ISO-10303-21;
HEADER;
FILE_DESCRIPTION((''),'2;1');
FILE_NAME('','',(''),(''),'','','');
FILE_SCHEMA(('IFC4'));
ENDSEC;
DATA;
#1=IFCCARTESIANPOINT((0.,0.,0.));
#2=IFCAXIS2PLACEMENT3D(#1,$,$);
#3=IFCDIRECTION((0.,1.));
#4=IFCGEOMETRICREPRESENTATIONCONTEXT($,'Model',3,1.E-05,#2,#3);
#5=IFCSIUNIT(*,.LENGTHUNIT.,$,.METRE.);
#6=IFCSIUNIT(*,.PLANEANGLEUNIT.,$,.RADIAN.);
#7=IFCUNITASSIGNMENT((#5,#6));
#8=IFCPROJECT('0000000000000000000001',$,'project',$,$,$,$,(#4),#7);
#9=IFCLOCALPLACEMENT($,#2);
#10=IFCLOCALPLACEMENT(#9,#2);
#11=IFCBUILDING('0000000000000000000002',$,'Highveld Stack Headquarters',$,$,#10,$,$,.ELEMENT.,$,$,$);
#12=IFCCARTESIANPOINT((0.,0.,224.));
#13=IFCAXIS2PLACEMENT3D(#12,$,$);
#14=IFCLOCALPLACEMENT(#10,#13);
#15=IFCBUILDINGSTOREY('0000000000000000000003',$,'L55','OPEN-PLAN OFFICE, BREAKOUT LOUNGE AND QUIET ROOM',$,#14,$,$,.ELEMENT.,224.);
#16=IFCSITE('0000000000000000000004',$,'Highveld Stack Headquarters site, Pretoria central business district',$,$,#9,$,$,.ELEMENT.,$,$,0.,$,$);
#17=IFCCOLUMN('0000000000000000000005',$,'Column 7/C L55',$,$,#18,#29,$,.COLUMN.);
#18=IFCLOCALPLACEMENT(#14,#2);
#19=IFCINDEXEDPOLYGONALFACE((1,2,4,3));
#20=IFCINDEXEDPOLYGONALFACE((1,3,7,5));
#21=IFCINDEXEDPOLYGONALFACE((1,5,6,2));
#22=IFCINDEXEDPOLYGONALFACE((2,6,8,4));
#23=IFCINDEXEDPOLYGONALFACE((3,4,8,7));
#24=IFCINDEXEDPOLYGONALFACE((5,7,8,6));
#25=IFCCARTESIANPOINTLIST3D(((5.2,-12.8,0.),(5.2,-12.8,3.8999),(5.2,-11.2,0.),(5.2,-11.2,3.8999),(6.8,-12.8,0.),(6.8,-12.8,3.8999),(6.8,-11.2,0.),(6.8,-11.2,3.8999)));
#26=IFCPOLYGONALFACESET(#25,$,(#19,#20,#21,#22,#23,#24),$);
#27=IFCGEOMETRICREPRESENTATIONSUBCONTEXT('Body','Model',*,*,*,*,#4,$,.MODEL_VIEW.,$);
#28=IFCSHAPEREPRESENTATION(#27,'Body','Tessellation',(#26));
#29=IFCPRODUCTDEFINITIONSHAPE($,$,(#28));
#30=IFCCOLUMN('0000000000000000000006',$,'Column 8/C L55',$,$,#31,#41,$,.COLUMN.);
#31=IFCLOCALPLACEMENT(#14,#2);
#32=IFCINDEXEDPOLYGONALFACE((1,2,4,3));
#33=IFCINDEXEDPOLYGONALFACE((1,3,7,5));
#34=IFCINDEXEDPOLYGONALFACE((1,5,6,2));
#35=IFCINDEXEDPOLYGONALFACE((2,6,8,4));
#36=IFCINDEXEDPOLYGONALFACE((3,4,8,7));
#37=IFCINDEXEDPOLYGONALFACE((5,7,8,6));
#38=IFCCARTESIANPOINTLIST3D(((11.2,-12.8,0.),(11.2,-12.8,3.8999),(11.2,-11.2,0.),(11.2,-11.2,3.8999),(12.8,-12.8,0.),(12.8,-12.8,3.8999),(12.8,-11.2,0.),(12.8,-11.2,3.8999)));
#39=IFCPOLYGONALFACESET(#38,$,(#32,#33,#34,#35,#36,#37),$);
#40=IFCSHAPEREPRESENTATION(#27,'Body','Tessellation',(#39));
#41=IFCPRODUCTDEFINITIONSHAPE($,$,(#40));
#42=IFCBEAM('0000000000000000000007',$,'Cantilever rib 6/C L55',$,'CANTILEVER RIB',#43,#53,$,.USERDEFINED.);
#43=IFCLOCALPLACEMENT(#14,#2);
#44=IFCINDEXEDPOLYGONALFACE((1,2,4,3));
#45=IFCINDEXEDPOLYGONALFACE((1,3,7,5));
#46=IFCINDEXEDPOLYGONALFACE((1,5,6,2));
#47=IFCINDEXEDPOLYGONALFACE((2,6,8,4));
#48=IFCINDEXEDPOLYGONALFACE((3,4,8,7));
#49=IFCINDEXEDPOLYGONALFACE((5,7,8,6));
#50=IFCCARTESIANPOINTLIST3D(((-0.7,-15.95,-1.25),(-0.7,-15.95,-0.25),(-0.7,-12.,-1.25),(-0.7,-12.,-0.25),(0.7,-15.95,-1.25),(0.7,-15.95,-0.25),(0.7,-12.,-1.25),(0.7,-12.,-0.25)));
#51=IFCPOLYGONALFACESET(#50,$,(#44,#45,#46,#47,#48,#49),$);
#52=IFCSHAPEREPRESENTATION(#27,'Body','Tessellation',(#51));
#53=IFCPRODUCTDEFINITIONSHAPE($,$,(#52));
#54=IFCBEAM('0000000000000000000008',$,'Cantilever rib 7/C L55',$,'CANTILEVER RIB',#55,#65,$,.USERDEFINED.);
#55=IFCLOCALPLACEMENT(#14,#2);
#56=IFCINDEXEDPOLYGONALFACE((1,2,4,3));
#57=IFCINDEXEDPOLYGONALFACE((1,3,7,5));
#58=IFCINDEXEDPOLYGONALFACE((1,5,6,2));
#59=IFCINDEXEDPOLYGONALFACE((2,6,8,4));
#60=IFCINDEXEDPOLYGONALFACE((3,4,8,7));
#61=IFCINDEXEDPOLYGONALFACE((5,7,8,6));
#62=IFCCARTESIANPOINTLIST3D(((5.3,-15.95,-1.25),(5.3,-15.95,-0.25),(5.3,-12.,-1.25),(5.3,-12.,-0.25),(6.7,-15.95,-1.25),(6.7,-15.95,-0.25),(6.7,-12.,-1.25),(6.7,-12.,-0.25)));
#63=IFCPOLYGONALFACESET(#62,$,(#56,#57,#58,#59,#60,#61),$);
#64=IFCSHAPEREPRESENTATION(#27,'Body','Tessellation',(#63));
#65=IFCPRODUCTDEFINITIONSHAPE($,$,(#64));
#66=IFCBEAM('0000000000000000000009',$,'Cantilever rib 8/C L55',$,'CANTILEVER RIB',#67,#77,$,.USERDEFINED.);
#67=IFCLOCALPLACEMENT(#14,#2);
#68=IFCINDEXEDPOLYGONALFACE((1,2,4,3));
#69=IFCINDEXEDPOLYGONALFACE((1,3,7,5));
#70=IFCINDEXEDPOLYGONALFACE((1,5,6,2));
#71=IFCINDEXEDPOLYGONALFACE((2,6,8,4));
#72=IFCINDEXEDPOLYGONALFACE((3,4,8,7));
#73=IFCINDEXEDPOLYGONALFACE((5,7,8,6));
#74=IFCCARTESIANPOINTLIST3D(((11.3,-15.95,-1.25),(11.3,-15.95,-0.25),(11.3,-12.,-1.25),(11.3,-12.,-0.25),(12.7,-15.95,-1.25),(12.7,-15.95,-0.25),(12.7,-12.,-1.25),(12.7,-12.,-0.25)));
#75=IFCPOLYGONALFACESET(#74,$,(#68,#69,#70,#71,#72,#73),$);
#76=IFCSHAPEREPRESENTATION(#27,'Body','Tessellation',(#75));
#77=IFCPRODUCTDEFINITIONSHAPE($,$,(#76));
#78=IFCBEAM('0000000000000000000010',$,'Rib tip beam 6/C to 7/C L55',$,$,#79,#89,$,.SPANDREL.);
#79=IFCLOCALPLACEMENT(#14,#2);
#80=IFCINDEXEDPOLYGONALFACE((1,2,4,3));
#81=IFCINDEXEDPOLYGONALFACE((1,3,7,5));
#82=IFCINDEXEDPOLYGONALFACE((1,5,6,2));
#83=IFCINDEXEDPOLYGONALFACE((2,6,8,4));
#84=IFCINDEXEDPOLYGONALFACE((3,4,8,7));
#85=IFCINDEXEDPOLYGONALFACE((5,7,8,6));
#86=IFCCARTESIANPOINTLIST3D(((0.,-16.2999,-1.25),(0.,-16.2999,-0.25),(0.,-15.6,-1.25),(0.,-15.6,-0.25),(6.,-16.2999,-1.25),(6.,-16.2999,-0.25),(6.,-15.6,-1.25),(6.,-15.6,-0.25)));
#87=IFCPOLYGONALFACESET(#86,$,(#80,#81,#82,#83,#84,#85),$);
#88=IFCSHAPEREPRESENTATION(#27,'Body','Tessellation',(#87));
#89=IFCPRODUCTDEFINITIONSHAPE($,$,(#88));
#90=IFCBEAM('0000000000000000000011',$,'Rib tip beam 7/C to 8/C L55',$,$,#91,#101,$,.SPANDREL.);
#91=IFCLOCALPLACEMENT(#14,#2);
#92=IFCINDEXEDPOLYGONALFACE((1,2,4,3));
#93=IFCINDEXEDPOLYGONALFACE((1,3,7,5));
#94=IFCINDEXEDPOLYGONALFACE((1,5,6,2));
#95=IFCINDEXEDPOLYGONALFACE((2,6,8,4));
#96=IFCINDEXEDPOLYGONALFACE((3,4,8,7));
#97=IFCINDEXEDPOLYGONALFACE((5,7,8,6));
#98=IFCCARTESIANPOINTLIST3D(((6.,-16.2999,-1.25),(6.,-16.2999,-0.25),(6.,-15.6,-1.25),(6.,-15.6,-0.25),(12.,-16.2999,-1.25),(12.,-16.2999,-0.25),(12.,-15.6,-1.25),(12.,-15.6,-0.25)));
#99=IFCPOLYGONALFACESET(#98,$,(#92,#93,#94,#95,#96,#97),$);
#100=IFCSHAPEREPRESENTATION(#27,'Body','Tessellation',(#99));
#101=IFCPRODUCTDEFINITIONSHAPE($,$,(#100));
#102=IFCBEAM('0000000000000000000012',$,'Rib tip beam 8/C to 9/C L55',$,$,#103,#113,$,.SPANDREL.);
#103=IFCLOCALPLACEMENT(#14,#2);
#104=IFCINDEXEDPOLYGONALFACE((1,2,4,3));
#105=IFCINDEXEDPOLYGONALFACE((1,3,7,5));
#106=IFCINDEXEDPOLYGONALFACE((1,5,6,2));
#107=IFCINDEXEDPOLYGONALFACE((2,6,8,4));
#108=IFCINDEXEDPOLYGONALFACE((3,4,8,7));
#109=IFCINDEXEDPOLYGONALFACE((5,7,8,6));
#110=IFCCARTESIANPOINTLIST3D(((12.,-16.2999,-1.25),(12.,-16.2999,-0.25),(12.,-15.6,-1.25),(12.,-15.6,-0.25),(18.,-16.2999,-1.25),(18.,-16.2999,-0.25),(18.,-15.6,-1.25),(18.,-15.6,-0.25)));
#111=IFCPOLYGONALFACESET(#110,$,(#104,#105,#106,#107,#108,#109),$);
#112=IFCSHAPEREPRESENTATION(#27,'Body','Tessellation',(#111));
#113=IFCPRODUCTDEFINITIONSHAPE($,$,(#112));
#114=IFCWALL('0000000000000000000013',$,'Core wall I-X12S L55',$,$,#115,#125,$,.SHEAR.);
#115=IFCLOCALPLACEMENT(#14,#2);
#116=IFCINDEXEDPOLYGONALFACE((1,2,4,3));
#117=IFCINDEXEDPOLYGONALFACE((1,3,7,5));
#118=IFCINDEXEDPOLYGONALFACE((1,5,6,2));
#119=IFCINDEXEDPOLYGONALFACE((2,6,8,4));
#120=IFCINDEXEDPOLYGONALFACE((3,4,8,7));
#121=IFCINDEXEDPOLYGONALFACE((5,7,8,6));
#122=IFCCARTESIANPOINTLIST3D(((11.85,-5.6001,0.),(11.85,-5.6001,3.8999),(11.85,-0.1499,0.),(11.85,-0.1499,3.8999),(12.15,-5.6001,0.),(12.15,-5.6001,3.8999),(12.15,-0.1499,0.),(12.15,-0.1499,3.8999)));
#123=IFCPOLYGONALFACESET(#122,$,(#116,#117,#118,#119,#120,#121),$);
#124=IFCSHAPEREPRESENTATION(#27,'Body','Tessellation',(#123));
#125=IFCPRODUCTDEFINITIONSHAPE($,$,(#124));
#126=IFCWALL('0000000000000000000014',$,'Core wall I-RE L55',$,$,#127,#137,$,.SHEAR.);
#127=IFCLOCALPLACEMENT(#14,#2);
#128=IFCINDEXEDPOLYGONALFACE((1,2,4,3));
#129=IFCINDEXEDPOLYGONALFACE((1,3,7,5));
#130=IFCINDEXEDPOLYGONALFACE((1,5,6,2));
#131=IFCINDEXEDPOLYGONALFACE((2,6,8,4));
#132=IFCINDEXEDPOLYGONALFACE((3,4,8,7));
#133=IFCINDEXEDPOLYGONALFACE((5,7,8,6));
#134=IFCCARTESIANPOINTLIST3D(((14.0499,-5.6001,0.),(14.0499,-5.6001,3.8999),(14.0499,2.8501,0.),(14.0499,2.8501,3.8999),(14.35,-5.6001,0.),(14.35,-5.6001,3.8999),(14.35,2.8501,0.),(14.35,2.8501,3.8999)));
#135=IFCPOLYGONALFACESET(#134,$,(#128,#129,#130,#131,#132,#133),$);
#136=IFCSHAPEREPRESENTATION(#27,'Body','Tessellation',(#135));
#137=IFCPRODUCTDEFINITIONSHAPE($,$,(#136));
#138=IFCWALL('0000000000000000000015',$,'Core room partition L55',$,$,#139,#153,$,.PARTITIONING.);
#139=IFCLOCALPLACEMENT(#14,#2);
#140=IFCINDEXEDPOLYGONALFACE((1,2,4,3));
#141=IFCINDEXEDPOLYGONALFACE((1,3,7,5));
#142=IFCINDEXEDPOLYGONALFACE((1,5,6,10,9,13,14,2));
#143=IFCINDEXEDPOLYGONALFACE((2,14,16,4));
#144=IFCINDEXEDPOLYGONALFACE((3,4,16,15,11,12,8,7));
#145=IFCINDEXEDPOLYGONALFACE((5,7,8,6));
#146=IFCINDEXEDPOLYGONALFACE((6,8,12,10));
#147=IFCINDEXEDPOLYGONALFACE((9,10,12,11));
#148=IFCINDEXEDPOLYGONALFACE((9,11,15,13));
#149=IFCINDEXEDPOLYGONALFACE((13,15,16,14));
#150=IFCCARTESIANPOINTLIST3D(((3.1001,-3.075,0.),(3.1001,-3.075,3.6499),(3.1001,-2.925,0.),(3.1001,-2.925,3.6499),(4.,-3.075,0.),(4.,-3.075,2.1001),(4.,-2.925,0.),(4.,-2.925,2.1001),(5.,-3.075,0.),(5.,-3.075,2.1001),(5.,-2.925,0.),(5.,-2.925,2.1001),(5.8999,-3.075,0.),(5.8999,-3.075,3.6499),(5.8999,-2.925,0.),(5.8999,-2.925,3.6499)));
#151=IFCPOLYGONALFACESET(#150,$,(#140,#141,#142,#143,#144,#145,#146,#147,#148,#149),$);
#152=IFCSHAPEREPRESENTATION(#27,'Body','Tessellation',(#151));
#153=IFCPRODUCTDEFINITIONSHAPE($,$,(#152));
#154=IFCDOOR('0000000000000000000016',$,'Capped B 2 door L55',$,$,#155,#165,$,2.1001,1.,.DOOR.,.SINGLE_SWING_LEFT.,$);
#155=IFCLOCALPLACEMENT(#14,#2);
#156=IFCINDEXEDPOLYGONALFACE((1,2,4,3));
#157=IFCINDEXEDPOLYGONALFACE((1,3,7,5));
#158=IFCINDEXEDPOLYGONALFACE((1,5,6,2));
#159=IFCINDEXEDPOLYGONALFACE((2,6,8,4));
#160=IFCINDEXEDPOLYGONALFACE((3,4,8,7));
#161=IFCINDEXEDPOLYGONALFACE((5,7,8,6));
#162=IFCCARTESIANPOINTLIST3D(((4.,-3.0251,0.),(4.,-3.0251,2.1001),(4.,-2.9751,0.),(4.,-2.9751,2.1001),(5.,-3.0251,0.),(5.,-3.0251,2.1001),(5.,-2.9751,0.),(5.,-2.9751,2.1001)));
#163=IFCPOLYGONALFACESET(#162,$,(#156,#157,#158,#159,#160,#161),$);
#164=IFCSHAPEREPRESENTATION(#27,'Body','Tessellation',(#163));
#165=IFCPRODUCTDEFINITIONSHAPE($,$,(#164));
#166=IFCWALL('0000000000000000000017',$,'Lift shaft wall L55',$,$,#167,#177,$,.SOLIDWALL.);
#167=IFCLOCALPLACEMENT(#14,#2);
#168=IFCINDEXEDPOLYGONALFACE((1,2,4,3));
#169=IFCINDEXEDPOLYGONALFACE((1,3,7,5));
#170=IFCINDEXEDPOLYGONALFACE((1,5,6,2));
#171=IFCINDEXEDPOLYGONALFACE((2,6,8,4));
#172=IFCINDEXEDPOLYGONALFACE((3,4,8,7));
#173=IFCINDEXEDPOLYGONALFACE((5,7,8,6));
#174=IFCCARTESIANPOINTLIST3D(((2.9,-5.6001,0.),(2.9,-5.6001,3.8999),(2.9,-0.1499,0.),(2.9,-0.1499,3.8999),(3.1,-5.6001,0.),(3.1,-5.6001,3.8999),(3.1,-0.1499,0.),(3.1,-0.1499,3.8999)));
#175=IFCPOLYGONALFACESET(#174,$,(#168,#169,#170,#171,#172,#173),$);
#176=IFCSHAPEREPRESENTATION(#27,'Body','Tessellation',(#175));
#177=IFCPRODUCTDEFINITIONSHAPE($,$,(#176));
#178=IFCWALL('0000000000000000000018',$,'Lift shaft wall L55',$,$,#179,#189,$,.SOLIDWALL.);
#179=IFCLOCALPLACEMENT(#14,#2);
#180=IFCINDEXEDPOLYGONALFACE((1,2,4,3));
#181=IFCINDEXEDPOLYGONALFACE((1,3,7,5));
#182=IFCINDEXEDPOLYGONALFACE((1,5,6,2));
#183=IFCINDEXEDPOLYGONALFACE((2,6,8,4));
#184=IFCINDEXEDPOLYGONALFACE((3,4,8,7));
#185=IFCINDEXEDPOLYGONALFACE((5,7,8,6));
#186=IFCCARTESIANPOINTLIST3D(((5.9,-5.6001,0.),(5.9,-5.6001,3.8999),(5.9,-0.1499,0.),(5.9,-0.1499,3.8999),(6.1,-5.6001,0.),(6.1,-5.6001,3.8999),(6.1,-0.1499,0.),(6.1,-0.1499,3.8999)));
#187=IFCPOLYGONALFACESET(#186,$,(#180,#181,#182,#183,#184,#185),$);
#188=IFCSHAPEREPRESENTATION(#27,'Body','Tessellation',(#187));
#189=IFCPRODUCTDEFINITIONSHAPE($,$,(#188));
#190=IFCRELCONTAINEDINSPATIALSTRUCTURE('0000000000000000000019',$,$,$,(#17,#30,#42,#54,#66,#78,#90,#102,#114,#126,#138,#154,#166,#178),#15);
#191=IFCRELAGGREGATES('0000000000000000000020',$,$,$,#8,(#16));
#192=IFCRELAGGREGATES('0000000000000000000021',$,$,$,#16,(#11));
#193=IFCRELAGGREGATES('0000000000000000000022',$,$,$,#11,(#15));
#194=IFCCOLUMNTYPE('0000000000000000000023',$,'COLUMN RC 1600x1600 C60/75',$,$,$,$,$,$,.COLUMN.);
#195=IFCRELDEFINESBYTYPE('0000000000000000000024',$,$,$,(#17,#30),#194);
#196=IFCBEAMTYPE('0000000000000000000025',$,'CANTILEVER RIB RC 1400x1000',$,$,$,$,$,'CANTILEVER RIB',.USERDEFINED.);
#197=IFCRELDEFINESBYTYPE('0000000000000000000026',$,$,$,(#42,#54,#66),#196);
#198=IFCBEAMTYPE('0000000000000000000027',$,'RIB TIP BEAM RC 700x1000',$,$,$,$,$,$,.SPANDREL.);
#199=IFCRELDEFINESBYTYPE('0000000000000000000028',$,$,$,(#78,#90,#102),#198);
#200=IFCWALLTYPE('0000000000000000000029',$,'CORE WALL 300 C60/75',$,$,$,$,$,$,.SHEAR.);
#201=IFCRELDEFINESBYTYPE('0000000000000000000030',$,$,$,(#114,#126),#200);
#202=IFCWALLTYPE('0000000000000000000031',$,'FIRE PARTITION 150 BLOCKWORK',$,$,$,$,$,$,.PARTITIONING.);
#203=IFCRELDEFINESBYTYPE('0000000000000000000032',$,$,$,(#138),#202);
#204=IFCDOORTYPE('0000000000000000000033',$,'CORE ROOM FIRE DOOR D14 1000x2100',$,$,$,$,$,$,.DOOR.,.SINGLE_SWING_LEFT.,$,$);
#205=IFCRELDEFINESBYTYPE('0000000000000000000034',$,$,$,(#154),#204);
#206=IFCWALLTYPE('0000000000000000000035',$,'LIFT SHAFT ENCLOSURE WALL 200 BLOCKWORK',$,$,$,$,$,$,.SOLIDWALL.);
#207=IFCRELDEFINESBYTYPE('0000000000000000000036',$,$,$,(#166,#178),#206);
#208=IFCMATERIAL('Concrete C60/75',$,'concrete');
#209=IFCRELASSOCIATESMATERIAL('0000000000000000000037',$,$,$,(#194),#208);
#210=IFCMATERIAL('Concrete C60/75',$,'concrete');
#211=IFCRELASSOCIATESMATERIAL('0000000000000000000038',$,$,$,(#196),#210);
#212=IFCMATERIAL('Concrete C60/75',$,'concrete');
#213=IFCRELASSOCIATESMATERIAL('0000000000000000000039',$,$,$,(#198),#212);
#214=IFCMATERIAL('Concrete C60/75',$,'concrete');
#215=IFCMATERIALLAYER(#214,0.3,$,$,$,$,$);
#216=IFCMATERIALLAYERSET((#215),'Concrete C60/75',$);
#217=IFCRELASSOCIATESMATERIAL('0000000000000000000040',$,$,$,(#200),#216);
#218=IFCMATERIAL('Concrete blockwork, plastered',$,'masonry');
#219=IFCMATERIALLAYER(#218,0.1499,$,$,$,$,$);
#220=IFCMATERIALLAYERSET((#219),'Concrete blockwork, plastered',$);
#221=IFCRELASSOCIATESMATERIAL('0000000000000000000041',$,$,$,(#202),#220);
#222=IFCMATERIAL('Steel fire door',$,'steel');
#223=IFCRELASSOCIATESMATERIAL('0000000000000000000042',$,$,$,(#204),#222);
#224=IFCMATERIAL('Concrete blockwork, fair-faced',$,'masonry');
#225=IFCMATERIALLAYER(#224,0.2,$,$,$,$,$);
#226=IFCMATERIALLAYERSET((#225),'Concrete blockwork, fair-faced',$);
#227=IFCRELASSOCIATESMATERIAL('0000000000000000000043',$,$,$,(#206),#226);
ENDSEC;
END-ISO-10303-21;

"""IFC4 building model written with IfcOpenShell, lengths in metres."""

from ifc_helpers import new_model, si_unit, direction, frame, frame_2d, origin, origin_2d, place, context, subcontext, project, spatial, rectangle, extrude, material, layer, layer_set, material_profile, profile_set, type_object, element, fill, save


model = new_model("IFC4")

# Units and contexts
model_context = context("Model", 3, precision=1e-05, world=origin(), true_north=direction((0.0, 1.0)))
body_context = subcontext(model_context, "Body", "Model", "MODEL_VIEW")
ifc_project = project(units=[si_unit("LENGTHUNIT", "METRE"), si_unit("PLANEANGLEUNIT", "RADIAN")], contexts=[model_context])

# Site, building, storey
site_placement = place(None, origin())
site = spatial("IfcSite", under=ifc_project, at=site_placement, Name="Highveld Stack Headquarters site, Pretoria central business district", CompositionType="ELEMENT", RefElevation=0.0)
building_placement = place(site_placement, origin())
building = spatial("IfcBuilding", under=site, at=building_placement, Name="Highveld Stack Headquarters", CompositionType="ELEMENT")
storey_placement = place(building_placement, frame((0.0, 0.0, 224.0)))
storey = spatial("IfcBuildingStorey", under=building, at=storey_placement, Name="L55", Description="OPEN-PLAN OFFICE, BREAKOUT LOUNGE AND QUIET ROOM", CompositionType="ELEMENT", Elevation=224.0)

# Columns
ifc_material_1 = material(Name="Concrete C60/75", Category="concrete")
ifc_material_profile_1 = material_profile(ifc_material_1, rectangle(XDim=1.6001, YDim=1.6001, at=origin_2d()), Name="RC 1600x1600")
ifc_profile_set_1 = profile_set([ifc_material_profile_1], Name="Concrete C60/75")
column_type = type_object("IfcColumnType", Name="COLUMN RC 1600x1600 C60/75", PredefinedType="COLUMN", material=ifc_profile_set_1)
for number, where, z_axis, x_axis, name in (
    (1, (6.0, -12.0, 0.0), (0.0, 0.0, 1.0), (1.0, 0.0, 0.0), "Column 7/C L55"),
    (2, (12.0, -12.0, 0.0), (0.0, 0.0, 1.0), (1.0, 0.0, 0.0), "Column 8/C L55"),
):
    element("IfcColumn", number, at=place(storey_placement, frame(where, z_axis=z_axis, x_axis=x_axis)), inside=storey, type_object=column_type, Name=name, PredefinedType="COLUMN", context=body_context, shape_type="SweptSolid", body=[
        extrude(rectangle(XDim=1.6001, YDim=1.6001, at=origin_2d()), origin(), (0.0, 0.0, 1.0), 3.8999),
    ])

# Beams
ifc_material_2 = material(Name="Concrete C60/75", Category="concrete")
ifc_material_profile_2 = material_profile(ifc_material_2, rectangle(XDim=1.3999, YDim=1.0, at=origin_2d()), Name="RC 1400x1000")
ifc_profile_set_2 = profile_set([ifc_material_profile_2], Name="Concrete C60/75")
beam_type_1 = type_object("IfcBeamType", Name="CANTILEVER RIB RC 1400x1000", ElementType="CANTILEVER RIB", PredefinedType="USERDEFINED", material=ifc_profile_set_2)
for number, where, z_axis, x_axis, name in (
    (3, (0.0, -12.0, -0.75), (0.0, -1.0, 0.0), (1.0, 0.0, 0.0), "Cantilever rib 6/C L55"),
    (4, (6.0, -12.0, -0.75), (0.0, -1.0, 0.0), (1.0, 0.0, 0.0), "Cantilever rib 7/C L55"),
    (5, (12.0, -12.0, -0.75), (0.0, -1.0, 0.0), (1.0, 0.0, 0.0), "Cantilever rib 8/C L55"),
):
    element("IfcBeam", number, at=place(storey_placement, frame(where, z_axis=z_axis, x_axis=x_axis)), inside=storey, type_object=beam_type_1, Name=name, ObjectType="CANTILEVER RIB", PredefinedType="USERDEFINED", context=body_context, shape_type="SweptSolid", body=[
        extrude(rectangle(XDim=1.3999, YDim=1.0, at=origin_2d()), origin(), (0.0, 0.0, 1.0), 3.95),
    ])
ifc_material_3 = material(Name="Concrete C60/75", Category="concrete")
ifc_material_profile_3 = material_profile(ifc_material_3, rectangle(XDim=0.7, YDim=1.0, at=origin_2d()), Name="RC 700x1000")
ifc_profile_set_3 = profile_set([ifc_material_profile_3], Name="Concrete C60/75")
beam_type_2 = type_object("IfcBeamType", Name="RIB TIP BEAM RC 700x1000", PredefinedType="SPANDREL", material=ifc_profile_set_3)
for number, where, z_axis, x_axis, name in (
    (6, (0.0, -15.95, -0.75), (1.0, 0.0, 0.0), (0.0, 1.0, 0.0), "Rib tip beam 6/C to 7/C L55"),
    (7, (6.0, -15.95, -0.75), (1.0, 0.0, 0.0), (0.0, 1.0, 0.0), "Rib tip beam 7/C to 8/C L55"),
    (8, (12.0, -15.95, -0.75), (1.0, 0.0, 0.0), (0.0, 1.0, 0.0), "Rib tip beam 8/C to 9/C L55"),
):
    element("IfcBeam", number, at=place(storey_placement, frame(where, z_axis=z_axis, x_axis=x_axis)), inside=storey, type_object=beam_type_2, Name=name, PredefinedType="SPANDREL", context=body_context, shape_type="SweptSolid", body=[
        extrude(rectangle(XDim=0.7, YDim=1.0, at=origin_2d()), origin(), (0.0, 0.0, 1.0), 6.0),
    ])

# Walls
ifc_material_4 = material(Name="Concrete C60/75", Category="concrete")
ifc_layer_1 = layer(ifc_material_4, 0.3)
ifc_layer_set_1 = layer_set([ifc_layer_1], Name="Concrete C60/75")
wall_type_1 = type_object("IfcWallType", Name="CORE WALL 300 C60/75", PredefinedType="SHEAR", material=ifc_layer_set_1)
wall_1_placement = place(storey_placement, frame((12.0, -5.6001, 0.0), z_axis=(0.0, 0.0, 1.0), x_axis=(0.0, 1.0, 0.0)))
element("IfcWall", 9, at=wall_1_placement, inside=storey, type_object=wall_type_1, Name="Core wall I-X12S L55", PredefinedType="SHEAR", context=body_context, shape_type="SweptSolid", body=[
    extrude(rectangle(XDim=5.4502, YDim=0.3, at=frame_2d((2.7251, 0.0))), origin(), (0.0, 0.0, 1.0), 3.8999),
])
wall_2_placement = place(storey_placement, frame((14.2, -5.6001, 0.0), z_axis=(0.0, 0.0, 1.0), x_axis=(0.0, 1.0, 0.0)))
element("IfcWall", 10, at=wall_2_placement, inside=storey, type_object=wall_type_1, Name="Core wall I-RE L55", PredefinedType="SHEAR", context=body_context, shape_type="SweptSolid", body=[
    extrude(rectangle(XDim=8.4502, YDim=0.3, at=frame_2d((4.2251, 0.0))), origin(), (0.0, 0.0, 1.0), 3.8999),
])

# Wall, opening, door
ifc_material_5 = material(Name="Concrete blockwork, plastered", Category="masonry")
ifc_layer_2 = layer(ifc_material_5, 0.1499)
ifc_layer_set_2 = layer_set([ifc_layer_2], Name="Concrete blockwork, plastered")
wall_type_2 = type_object("IfcWallType", Name="FIRE PARTITION 150 BLOCKWORK", PredefinedType="PARTITIONING", material=ifc_layer_set_2)
wall_3_placement = place(storey_placement, frame((3.1001, -3.0, 0.0), z_axis=(0.0, 0.0, 1.0), x_axis=(1.0, 0.0, 0.0)))
wall_3 = element("IfcWall", 11, at=wall_3_placement, inside=storey, type_object=wall_type_2, Name="Core room partition L55", PredefinedType="PARTITIONING", context=body_context, shape_type="SweptSolid", body=[
    extrude(rectangle(XDim=2.7998, YDim=0.1499, at=frame_2d((1.3999, 0.0))), origin(), (0.0, 0.0, 1.0), 3.6499),
])
opening_1_placement = place(wall_3_placement, frame((0.8999, 0.0, 0.0)))
opening_1 = element("IfcOpeningElement", 12, at=opening_1_placement, cuts=wall_3, PredefinedType="OPENING", context=body_context, shape_type="SweptSolid", body=[
    extrude(rectangle(XDim=1.0, YDim=2.1001, at=frame_2d((0.5, 1.05))), frame((0.0, 0.085, 0.0), z_axis=(0.0, -1.0, 0.0), x_axis=(1.0, 0.0, 0.0)), (0.0, 0.0, 1.0), 0.1699),
])
ifc_material_6 = material(Name="Steel fire door", Category="steel")
door_type_1 = type_object("IfcDoorType", Name="CORE ROOM FIRE DOOR D14 1000x2100", OperationType="SINGLE_SWING_LEFT", PredefinedType="DOOR", material=ifc_material_6)
door_1_placement = place(opening_1_placement, origin())
door_1 = element("IfcDoor", 13, at=door_1_placement, inside=storey, type_object=door_type_1, Name="Capped B 2 door L55", OperationType="SINGLE_SWING_LEFT", OverallHeight=2.1001, OverallWidth=1.0, PredefinedType="DOOR", context=body_context, shape_type="SweptSolid", body=[
    extrude(rectangle(XDim=1.0, YDim=2.1001, at=frame_2d((0.5, 1.05))), frame((0.0, 0.0249, 0.0), z_axis=(0.0, -1.0, 0.0), x_axis=(1.0, 0.0, 0.0)), (0.0, 0.0, 1.0), 0.05),
])
fill(opening_1, door_1)

# Walls
ifc_material_7 = material(Name="Concrete blockwork, fair-faced", Category="masonry")
ifc_layer_3 = layer(ifc_material_7, 0.2)
ifc_layer_set_3 = layer_set([ifc_layer_3], Name="Concrete blockwork, fair-faced")
wall_type_3 = type_object("IfcWallType", Name="LIFT SHAFT ENCLOSURE WALL 200 BLOCKWORK", PredefinedType="SOLIDWALL", material=ifc_layer_set_3)
for number, where, z_axis, x_axis, name in (
    (14, (3.0, -5.6001, 0.0), (0.0, 0.0, 1.0), (0.0, 1.0, 0.0), "Lift shaft wall L55"),
    (15, (6.0, -5.6001, 0.0), (0.0, 0.0, 1.0), (0.0, 1.0, 0.0), "Lift shaft wall L55"),
):
    element("IfcWall", number, at=place(storey_placement, frame(where, z_axis=z_axis, x_axis=x_axis)), inside=storey, type_object=wall_type_3, Name=name, PredefinedType="SOLIDWALL", context=body_context, shape_type="SweptSolid", body=[
        extrude(rectangle(XDim=5.4502, YDim=0.2, at=frame_2d((2.7251, 0.0))), origin(), (0.0, 0.0, 1.0), 3.8999),
    ])

save(model, "model.ifc")
